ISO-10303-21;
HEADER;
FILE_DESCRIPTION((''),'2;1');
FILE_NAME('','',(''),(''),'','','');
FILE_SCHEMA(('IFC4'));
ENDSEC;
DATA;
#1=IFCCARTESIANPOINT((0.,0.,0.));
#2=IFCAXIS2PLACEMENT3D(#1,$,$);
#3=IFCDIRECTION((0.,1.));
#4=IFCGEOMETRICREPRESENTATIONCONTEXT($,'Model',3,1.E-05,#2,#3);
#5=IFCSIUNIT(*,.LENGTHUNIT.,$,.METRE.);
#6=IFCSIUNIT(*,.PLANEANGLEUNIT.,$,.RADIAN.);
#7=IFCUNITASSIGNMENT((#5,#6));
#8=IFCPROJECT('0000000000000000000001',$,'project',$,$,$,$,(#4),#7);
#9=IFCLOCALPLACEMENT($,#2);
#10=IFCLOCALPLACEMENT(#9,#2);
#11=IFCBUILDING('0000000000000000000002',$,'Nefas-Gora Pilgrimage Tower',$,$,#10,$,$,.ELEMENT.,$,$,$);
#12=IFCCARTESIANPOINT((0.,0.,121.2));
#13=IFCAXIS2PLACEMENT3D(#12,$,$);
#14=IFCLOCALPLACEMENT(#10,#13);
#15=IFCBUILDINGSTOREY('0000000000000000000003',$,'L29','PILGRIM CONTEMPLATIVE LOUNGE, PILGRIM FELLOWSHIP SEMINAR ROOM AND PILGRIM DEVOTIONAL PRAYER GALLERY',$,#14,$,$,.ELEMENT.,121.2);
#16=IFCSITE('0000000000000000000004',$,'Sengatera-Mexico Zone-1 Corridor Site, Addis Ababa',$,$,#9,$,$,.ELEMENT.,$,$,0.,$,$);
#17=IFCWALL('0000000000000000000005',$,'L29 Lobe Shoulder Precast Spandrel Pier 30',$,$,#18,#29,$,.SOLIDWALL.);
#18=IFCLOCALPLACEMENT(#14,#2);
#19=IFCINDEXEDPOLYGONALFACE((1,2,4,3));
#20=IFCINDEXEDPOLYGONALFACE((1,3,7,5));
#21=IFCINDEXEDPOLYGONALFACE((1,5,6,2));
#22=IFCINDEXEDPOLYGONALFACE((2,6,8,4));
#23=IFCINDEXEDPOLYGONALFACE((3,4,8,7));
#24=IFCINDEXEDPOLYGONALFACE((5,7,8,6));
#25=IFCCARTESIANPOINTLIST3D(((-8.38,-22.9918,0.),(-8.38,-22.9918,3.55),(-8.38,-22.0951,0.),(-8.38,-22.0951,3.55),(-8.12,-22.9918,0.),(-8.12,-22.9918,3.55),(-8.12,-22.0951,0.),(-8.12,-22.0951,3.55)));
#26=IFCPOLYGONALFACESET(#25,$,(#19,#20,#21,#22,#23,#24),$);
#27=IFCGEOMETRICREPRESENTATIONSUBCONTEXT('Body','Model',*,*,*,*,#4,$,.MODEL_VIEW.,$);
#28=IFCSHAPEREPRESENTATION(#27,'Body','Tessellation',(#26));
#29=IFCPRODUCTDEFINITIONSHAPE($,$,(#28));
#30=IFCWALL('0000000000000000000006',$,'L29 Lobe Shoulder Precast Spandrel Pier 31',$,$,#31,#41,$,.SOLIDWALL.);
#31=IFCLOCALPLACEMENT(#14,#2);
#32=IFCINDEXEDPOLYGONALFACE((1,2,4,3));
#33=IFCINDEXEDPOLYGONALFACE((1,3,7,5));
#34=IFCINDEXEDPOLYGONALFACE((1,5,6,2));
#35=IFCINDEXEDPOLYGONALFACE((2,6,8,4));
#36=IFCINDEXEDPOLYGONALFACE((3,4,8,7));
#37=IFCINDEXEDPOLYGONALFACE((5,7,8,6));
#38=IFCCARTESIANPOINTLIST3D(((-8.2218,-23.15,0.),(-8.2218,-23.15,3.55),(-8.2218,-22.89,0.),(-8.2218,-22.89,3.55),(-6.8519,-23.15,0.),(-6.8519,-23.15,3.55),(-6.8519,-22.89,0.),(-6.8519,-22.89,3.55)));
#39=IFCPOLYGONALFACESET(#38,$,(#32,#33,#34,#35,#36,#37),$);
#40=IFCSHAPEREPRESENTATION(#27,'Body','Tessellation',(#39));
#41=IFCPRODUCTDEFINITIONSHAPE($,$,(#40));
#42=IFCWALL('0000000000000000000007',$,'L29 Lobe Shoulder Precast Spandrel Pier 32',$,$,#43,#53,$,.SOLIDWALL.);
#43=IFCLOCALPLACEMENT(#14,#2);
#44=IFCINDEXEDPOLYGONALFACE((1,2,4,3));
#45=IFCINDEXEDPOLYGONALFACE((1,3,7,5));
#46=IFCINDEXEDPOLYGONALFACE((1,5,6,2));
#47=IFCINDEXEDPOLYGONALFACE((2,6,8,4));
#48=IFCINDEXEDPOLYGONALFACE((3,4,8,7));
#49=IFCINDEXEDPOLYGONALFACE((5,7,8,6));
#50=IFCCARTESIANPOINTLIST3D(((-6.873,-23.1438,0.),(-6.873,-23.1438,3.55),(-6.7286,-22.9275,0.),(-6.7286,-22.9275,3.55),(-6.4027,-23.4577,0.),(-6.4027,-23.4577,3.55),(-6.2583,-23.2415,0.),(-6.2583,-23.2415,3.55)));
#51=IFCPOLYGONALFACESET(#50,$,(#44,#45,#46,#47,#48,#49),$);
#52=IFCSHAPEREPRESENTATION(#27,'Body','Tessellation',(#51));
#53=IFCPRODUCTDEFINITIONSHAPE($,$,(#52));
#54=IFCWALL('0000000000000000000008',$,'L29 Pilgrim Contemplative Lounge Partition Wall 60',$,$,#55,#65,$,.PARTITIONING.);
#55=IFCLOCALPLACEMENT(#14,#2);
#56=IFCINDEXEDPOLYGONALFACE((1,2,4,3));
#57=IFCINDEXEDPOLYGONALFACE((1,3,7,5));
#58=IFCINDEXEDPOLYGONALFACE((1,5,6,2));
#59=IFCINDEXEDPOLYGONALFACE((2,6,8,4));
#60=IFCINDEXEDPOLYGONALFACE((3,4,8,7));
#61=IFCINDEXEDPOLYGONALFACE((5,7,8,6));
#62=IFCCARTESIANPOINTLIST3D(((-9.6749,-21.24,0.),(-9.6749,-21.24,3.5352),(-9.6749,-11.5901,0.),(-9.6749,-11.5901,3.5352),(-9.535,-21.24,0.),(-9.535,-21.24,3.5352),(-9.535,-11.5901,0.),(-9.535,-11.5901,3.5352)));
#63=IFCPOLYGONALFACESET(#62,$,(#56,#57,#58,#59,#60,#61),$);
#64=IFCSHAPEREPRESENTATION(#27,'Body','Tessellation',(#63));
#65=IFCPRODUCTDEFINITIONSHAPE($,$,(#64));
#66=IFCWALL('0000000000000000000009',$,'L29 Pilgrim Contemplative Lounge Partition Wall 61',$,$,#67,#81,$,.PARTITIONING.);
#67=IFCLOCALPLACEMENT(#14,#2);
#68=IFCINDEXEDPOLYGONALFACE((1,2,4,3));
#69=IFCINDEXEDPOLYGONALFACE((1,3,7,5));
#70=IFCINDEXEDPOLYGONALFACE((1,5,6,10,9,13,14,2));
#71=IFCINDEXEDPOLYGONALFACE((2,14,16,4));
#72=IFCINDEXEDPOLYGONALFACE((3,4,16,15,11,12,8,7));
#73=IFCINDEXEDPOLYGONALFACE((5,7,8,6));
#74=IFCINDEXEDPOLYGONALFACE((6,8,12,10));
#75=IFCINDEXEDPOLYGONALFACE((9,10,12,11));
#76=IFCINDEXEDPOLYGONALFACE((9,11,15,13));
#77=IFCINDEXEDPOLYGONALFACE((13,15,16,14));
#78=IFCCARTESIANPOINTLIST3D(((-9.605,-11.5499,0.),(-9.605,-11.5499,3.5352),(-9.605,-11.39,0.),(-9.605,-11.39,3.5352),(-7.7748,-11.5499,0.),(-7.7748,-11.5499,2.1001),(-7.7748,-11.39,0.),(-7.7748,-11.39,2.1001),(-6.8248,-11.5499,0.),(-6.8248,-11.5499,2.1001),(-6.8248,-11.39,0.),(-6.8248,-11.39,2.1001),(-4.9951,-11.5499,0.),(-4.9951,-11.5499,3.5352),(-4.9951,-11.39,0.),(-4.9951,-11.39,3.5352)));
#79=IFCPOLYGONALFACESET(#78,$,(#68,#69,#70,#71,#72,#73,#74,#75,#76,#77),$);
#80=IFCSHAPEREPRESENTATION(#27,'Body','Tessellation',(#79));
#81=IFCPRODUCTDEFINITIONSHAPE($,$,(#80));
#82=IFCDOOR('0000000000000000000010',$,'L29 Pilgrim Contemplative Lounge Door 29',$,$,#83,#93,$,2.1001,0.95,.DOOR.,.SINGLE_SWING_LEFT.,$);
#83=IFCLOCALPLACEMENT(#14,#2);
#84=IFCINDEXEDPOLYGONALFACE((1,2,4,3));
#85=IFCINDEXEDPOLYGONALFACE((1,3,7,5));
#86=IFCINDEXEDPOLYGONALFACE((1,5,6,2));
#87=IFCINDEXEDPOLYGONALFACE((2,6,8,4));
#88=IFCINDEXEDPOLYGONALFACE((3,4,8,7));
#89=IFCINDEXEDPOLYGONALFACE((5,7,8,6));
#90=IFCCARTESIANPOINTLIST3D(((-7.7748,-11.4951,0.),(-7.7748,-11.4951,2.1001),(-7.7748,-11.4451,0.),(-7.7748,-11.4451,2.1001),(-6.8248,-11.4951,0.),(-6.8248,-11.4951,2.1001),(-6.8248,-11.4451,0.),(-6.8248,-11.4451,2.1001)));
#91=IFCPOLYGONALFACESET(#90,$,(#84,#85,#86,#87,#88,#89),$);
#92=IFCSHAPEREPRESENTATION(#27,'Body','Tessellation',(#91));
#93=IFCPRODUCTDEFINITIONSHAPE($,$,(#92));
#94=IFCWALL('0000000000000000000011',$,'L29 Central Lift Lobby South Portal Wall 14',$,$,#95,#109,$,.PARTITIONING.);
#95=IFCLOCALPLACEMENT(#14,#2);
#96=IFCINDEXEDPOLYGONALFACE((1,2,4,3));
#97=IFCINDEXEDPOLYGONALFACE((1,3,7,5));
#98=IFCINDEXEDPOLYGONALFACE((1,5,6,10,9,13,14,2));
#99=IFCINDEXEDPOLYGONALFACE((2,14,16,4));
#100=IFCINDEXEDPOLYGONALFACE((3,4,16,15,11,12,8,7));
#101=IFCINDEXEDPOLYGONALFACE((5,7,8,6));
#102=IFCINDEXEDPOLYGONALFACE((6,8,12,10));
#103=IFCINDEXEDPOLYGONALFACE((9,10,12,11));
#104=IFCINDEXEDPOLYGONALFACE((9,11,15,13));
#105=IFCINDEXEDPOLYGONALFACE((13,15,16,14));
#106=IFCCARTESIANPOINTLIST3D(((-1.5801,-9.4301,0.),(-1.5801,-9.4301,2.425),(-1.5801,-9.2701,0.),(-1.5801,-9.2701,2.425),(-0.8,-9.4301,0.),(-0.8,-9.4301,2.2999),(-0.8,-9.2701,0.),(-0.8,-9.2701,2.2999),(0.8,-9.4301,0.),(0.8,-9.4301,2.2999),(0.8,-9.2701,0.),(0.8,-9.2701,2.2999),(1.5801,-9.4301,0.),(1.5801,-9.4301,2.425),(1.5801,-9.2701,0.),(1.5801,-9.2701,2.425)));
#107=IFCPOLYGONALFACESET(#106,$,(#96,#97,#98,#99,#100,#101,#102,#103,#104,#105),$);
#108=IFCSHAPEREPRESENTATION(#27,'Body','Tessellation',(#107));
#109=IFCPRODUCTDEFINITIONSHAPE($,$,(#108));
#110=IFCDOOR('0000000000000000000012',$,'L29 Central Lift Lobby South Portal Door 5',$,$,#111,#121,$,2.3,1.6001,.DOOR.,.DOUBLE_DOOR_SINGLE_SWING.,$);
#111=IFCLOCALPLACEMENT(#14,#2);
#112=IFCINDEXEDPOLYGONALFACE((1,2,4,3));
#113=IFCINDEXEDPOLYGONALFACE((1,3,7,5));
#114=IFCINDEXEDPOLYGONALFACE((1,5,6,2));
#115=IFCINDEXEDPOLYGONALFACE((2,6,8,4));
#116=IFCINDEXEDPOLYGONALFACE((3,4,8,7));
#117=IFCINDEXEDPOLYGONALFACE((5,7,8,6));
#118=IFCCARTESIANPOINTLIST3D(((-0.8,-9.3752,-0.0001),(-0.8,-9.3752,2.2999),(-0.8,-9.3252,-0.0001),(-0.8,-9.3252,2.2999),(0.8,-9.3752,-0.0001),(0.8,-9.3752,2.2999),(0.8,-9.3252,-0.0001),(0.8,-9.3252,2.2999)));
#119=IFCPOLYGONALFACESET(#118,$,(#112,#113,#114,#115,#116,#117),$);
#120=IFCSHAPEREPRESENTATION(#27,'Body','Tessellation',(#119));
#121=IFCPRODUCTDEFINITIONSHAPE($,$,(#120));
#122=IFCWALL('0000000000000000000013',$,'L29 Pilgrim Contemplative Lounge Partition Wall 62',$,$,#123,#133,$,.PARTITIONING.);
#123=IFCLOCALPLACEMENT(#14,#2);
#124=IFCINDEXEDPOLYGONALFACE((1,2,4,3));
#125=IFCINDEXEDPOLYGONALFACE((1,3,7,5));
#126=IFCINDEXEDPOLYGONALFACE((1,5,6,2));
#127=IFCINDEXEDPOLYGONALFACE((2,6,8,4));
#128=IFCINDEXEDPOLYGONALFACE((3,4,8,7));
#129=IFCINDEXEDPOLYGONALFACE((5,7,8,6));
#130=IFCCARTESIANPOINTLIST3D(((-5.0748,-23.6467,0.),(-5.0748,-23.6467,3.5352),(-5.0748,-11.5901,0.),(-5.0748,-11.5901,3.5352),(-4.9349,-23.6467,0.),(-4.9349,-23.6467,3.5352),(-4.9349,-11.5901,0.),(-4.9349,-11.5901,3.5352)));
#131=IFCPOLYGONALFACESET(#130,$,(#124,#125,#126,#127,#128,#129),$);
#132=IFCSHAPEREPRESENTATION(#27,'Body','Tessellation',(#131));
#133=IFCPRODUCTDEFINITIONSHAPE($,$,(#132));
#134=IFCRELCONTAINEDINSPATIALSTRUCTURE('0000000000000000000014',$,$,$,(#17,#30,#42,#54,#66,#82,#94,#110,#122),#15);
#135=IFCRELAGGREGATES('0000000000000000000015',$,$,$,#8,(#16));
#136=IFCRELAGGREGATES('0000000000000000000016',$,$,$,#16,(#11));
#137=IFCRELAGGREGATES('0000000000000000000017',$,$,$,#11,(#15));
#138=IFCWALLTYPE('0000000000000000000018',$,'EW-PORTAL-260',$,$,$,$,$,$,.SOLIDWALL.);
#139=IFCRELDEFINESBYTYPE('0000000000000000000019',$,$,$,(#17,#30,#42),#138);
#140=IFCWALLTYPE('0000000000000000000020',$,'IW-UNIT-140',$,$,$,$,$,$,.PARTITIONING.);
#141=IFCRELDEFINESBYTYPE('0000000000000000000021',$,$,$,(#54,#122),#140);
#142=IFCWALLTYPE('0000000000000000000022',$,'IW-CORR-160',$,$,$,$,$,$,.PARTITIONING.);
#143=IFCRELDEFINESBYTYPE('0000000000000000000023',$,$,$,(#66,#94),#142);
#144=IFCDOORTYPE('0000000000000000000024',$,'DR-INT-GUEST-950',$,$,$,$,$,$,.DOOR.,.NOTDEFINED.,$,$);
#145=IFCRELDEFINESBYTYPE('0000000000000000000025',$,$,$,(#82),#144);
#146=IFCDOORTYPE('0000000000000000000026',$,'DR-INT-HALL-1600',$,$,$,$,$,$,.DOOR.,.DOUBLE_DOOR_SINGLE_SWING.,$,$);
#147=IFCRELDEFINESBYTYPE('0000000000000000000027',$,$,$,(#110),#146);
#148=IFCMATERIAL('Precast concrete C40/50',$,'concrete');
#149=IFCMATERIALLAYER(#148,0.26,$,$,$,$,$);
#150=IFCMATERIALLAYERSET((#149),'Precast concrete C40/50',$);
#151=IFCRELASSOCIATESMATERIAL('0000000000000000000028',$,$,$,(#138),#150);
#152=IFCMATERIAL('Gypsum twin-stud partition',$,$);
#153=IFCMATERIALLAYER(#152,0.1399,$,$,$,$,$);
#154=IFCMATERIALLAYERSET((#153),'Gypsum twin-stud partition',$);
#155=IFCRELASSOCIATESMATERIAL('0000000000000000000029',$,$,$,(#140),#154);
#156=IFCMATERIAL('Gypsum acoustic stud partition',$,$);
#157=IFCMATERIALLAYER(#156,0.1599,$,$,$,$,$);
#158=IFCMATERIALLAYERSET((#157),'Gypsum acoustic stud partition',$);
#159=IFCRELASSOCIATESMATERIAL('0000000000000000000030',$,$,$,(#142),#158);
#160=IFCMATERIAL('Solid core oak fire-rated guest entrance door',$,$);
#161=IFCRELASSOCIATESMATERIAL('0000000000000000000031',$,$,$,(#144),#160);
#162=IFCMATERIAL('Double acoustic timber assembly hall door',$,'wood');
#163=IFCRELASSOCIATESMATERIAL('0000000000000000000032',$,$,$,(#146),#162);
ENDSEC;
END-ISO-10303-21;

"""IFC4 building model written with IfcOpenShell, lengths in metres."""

from ifc_helpers import new_model, si_unit, direction, frame, frame_2d, origin, place, context, subcontext, project, spatial, rectangle, extrude, source, transform, mapped, material, layer, layer_set, type_object, element, fill, save


model = new_model("IFC4")

# Units and contexts
model_context = context("Model", 3, precision=1e-05, world=origin(), true_north=direction((0.0, 1.0)))
body_context = subcontext(model_context, "Body", "Model", "MODEL_VIEW")
ifc_project = project(units=[si_unit("LENGTHUNIT", "METRE"), si_unit("PLANEANGLEUNIT", "RADIAN")], contexts=[model_context])

# Site, building, storey
site_placement = place(None, origin())
site = spatial("IfcSite", under=ifc_project, at=site_placement, Name="Sengatera-Mexico Zone-1 Corridor Site, Addis Ababa", CompositionType="ELEMENT", RefElevation=0.0)
building_placement = place(site_placement, origin())
building = spatial("IfcBuilding", under=site, at=building_placement, Name="Nefas-Gora Pilgrimage Tower", CompositionType="ELEMENT")
storey_placement = place(building_placement, frame((0.0, 0.0, 121.2)))
storey = spatial("IfcBuildingStorey", under=building, at=storey_placement, Name="L29", Description="PILGRIM CONTEMPLATIVE LOUNGE, PILGRIM FELLOWSHIP SEMINAR ROOM AND PILGRIM DEVOTIONAL PRAYER GALLERY", CompositionType="ELEMENT", Elevation=121.2)

# Walls
ifc_material_1 = material(Name="Precast concrete C40/50", Category="concrete")
ifc_layer_1 = layer(ifc_material_1, 0.26)
ifc_layer_set_1 = layer_set([ifc_layer_1], Name="Precast concrete C40/50")
wall_type_1 = type_object("IfcWallType", Name="EW-PORTAL-260", PredefinedType="SOLIDWALL", material=ifc_layer_set_1)
shared_shape_1 = source(origin(), body_context, "Body", "SweptSolid", [
    extrude(rectangle(XDim=0.8967, YDim=0.26, at=frame_2d((0.4482, 0.0))), origin(), (0.0, 0.0, 1.0), 3.55),
])
wall_1_placement = place(storey_placement, frame((-8.25, -22.0952, 0.0), z_axis=(0.0, 0.0, 1.0), x_axis=(0.0, -1.0, 0.0)))
element("IfcWall", 1, at=wall_1_placement, inside=storey, type_object=wall_type_1, Name="L29 Lobe Shoulder Precast Spandrel Pier 30", PredefinedType="SOLIDWALL", context=body_context, shape_type="MappedRepresentation", body=[
    mapped(shared_shape_1, transform((0.0, 0.0, 0.0), x_axis=(1.0, 0.0, 0.0), y_axis=(0.0, 1.0, 0.0), z_axis=(0.0, 0.0, 1.0), scale=1.0)),
])
shared_shape_2 = source(origin(), body_context, "Body", "SweptSolid", [
    extrude(rectangle(XDim=1.3699, YDim=0.26, at=frame_2d((0.6851, 0.0))), origin(), (0.0, 0.0, 1.0), 3.55),
])
wall_2_placement = place(storey_placement, frame((-8.2219, -23.02, 0.0), z_axis=(0.0, 0.0, 1.0), x_axis=(1.0, 0.0, 0.0)))
element("IfcWall", 2, at=wall_2_placement, inside=storey, type_object=wall_type_1, Name="L29 Lobe Shoulder Precast Spandrel Pier 31", PredefinedType="SOLIDWALL", context=body_context, shape_type="MappedRepresentation", body=[
    mapped(shared_shape_2, transform((0.0, 0.0, 0.0), x_axis=(1.0, 0.0, 0.0), y_axis=(0.0, 1.0, 0.0), z_axis=(0.0, 0.0, 1.0), scale=1.0)),
])
shared_shape_3 = source(origin(), body_context, "Body", "SweptSolid", [
    extrude(rectangle(XDim=0.5654, YDim=0.26, at=frame_2d((0.2827, 0.0))), origin(), (0.0, 0.0, 1.0), 3.55),
])
wall_3_placement = place(storey_placement, frame((-6.8008, -23.0356, 0.0), z_axis=(0.0, 0.0, 1.0), x_axis=(0.831651, -0.555298, 0.0)))
element("IfcWall", 3, at=wall_3_placement, inside=storey, type_object=wall_type_1, Name="L29 Lobe Shoulder Precast Spandrel Pier 32", PredefinedType="SOLIDWALL", context=body_context, shape_type="MappedRepresentation", body=[
    mapped(shared_shape_3, transform((0.0, 0.0, 0.0), x_axis=(1.0, 0.0, 0.0), y_axis=(0.0, 1.0, 0.0), z_axis=(0.0, 0.0, 1.0), scale=1.0)),
])
ifc_material_2 = material(Name="Gypsum twin-stud partition")
ifc_layer_2 = layer(ifc_material_2, 0.1399)
ifc_layer_set_2 = layer_set([ifc_layer_2], Name="Gypsum twin-stud partition")
wall_type_2 = type_object("IfcWallType", Name="IW-UNIT-140", PredefinedType="PARTITIONING", material=ifc_layer_set_2)
shared_shape_4 = source(origin(), body_context, "Body", "SweptSolid", [
    extrude(rectangle(XDim=9.6499, YDim=0.1399, at=frame_2d((4.825, 0.0))), origin(), (0.0, 0.0, 1.0), 3.5352),
])
wall_4_placement = place(storey_placement, frame((-9.605, -21.24, 0.0), z_axis=(0.0, 0.0, 1.0), x_axis=(0.0, 1.0, 0.0)))
element("IfcWall", 4, at=wall_4_placement, inside=storey, type_object=wall_type_2, Name="L29 Pilgrim Contemplative Lounge Partition Wall 60", PredefinedType="PARTITIONING", context=body_context, shape_type="MappedRepresentation", body=[
    mapped(shared_shape_4, transform((0.0, 0.0, 0.0), x_axis=(1.0, 0.0, 0.0), y_axis=(0.0, 1.0, 0.0), z_axis=(0.0, 0.0, 1.0), scale=1.0)),
])

# Walls, openings, doors
ifc_material_3 = material(Name="Gypsum acoustic stud partition")
ifc_layer_3 = layer(ifc_material_3, 0.1599)
ifc_layer_set_3 = layer_set([ifc_layer_3], Name="Gypsum acoustic stud partition")
wall_type_3 = type_object("IfcWallType", Name="IW-CORR-160", PredefinedType="PARTITIONING", material=ifc_layer_set_3)
shared_shape_5 = source(origin(), body_context, "Body", "SweptSolid", [
    extrude(rectangle(XDim=4.6099, YDim=0.1599, at=frame_2d((2.3049, 0.0))), origin(), (0.0, 0.0, 1.0), 3.5352),
])
wall_5_placement = place(storey_placement, frame((-9.605, -11.47, 0.0), z_axis=(0.0, 0.0, 1.0), x_axis=(1.0, 0.0, 0.0)))
wall_5 = element("IfcWall", 5, at=wall_5_placement, inside=storey, type_object=wall_type_3, Name="L29 Pilgrim Contemplative Lounge Partition Wall 61", PredefinedType="PARTITIONING", context=body_context, shape_type="MappedRepresentation", body=[
    mapped(shared_shape_5, transform((0.0, 0.0, 0.0), x_axis=(1.0, 0.0, 0.0), y_axis=(0.0, 1.0, 0.0), z_axis=(0.0, 0.0, 1.0), scale=1.0)),
])
opening_1_placement = place(wall_5_placement, frame((1.8301, 0.0, 0.0)))
opening_1 = element("IfcOpeningElement", 6, at=opening_1_placement, cuts=wall_5, PredefinedType="OPENING", context=body_context, shape_type="SweptSolid", body=[
    extrude(rectangle(XDim=0.95, YDim=2.1001, at=frame_2d((0.4751, 1.05))), frame((0.0, 0.0898, 0.0), z_axis=(0.0, -1.0, 0.0), x_axis=(1.0, 0.0, 0.0)), (0.0, 0.0, 1.0), 0.1799),
])
ifc_material_4 = material(Name="Solid core oak fire-rated guest entrance door")
door_type_1 = type_object("IfcDoorType", Name="DR-INT-GUEST-950", OperationType="NOTDEFINED", PredefinedType="DOOR", material=ifc_material_4)
shared_shape_6 = source(origin(), body_context, "Body", "SweptSolid", [
    extrude(rectangle(XDim=0.95, YDim=2.1001, at=frame_2d((0.4751, 1.05))), frame((0.0, 0.0249, 0.0), z_axis=(0.0, -1.0, 0.0), x_axis=(1.0, 0.0, 0.0)), (0.0, 0.0, 1.0), 0.05),
])
door_1_placement = place(opening_1_placement, origin())
door_1 = element("IfcDoor", 7, at=door_1_placement, inside=storey, type_object=door_type_1, Name="L29 Pilgrim Contemplative Lounge Door 29", OperationType="SINGLE_SWING_LEFT", OverallHeight=2.1001, OverallWidth=0.95, PredefinedType="DOOR", context=body_context, shape_type="MappedRepresentation", body=[
    mapped(shared_shape_6, transform((0.0, 0.0, 0.0), x_axis=(1.0, 0.0, 0.0), y_axis=(0.0, 1.0, 0.0), z_axis=(0.0, 0.0, 1.0), scale=1.0)),
])
fill(opening_1, door_1)
shared_shape_7 = source(origin(), body_context, "Body", "SweptSolid", [
    extrude(rectangle(XDim=3.1602, YDim=0.1599, at=frame_2d((1.5801, 0.0))), origin(), (0.0, 0.0, 1.0), 2.425),
])
wall_6_placement = place(storey_placement, frame((-1.5801, -9.3501, 0.0), z_axis=(0.0, 0.0, 1.0), x_axis=(1.0, 0.0, 0.0)))
wall_6 = element("IfcWall", 8, at=wall_6_placement, inside=storey, type_object=wall_type_3, Name="L29 Central Lift Lobby South Portal Wall 14", PredefinedType="PARTITIONING", context=body_context, shape_type="MappedRepresentation", body=[
    mapped(shared_shape_7, transform((0.0, 0.0, 0.0), x_axis=(1.0, 0.0, 0.0), y_axis=(0.0, 1.0, 0.0), z_axis=(0.0, 0.0, 1.0), scale=1.0)),
])
opening_2_placement = place(wall_6_placement, frame((0.78, 0.0, 0.0)))
opening_2 = element("IfcOpeningElement", 9, at=opening_2_placement, cuts=wall_6, PredefinedType="OPENING", context=body_context, shape_type="SweptSolid", body=[
    extrude(rectangle(XDim=1.6001, YDim=2.3, at=frame_2d((0.8, 1.1499))), frame((0.0, 0.0898, 0.0), z_axis=(0.0, -1.0, 0.0), x_axis=(1.0, 0.0, 0.0)), (0.0, 0.0, 1.0), 0.1799),
])
ifc_material_5 = material(Name="Double acoustic timber assembly hall door", Category="wood")
door_type_2 = type_object("IfcDoorType", Name="DR-INT-HALL-1600", OperationType="DOUBLE_DOOR_SINGLE_SWING", PredefinedType="DOOR", material=ifc_material_5)
shared_shape_8 = source(origin(), body_context, "Body", "SweptSolid", [
    extrude(rectangle(XDim=1.6001, YDim=2.3, at=frame_2d((0.8, 1.1499))), frame((0.0, 0.0249, 0.0), z_axis=(0.0, -1.0, 0.0), x_axis=(1.0, 0.0, 0.0)), (0.0, 0.0, 1.0), 0.05),
])
door_2_placement = place(opening_2_placement, origin())
door_2 = element("IfcDoor", 10, at=door_2_placement, inside=storey, type_object=door_type_2, Name="L29 Central Lift Lobby South Portal Door 5", OperationType="DOUBLE_DOOR_SINGLE_SWING", OverallHeight=2.3, OverallWidth=1.6001, PredefinedType="DOOR", context=body_context, shape_type="MappedRepresentation", body=[
    mapped(shared_shape_8, transform((0.0, 0.0, 0.0), x_axis=(1.0, 0.0, 0.0), y_axis=(0.0, 1.0, 0.0), z_axis=(0.0, 0.0, 1.0), scale=1.0)),
])
fill(opening_2, door_2)

# Wall
shared_shape_9 = source(origin(), body_context, "Body", "SweptSolid", [
    extrude(rectangle(XDim=12.0566, YDim=0.1399, at=frame_2d((6.0283, 0.0))), origin(), (0.0, 0.0, 1.0), 3.5352),
])
wall_7_placement = place(storey_placement, frame((-5.0049, -23.6467, 0.0), z_axis=(0.0, 0.0, 1.0), x_axis=(0.0, 1.0, 0.0)))
element("IfcWall", 11, at=wall_7_placement, inside=storey, type_object=wall_type_2, Name="L29 Pilgrim Contemplative Lounge Partition Wall 62", PredefinedType="PARTITIONING", context=body_context, shape_type="MappedRepresentation", body=[
    mapped(shared_shape_9, transform((0.0, 0.0, 0.0), x_axis=(1.0, 0.0, 0.0), y_axis=(0.0, 1.0, 0.0), z_axis=(0.0, 0.0, 1.0), scale=1.0)),
])

save(model, "model.ifc")
